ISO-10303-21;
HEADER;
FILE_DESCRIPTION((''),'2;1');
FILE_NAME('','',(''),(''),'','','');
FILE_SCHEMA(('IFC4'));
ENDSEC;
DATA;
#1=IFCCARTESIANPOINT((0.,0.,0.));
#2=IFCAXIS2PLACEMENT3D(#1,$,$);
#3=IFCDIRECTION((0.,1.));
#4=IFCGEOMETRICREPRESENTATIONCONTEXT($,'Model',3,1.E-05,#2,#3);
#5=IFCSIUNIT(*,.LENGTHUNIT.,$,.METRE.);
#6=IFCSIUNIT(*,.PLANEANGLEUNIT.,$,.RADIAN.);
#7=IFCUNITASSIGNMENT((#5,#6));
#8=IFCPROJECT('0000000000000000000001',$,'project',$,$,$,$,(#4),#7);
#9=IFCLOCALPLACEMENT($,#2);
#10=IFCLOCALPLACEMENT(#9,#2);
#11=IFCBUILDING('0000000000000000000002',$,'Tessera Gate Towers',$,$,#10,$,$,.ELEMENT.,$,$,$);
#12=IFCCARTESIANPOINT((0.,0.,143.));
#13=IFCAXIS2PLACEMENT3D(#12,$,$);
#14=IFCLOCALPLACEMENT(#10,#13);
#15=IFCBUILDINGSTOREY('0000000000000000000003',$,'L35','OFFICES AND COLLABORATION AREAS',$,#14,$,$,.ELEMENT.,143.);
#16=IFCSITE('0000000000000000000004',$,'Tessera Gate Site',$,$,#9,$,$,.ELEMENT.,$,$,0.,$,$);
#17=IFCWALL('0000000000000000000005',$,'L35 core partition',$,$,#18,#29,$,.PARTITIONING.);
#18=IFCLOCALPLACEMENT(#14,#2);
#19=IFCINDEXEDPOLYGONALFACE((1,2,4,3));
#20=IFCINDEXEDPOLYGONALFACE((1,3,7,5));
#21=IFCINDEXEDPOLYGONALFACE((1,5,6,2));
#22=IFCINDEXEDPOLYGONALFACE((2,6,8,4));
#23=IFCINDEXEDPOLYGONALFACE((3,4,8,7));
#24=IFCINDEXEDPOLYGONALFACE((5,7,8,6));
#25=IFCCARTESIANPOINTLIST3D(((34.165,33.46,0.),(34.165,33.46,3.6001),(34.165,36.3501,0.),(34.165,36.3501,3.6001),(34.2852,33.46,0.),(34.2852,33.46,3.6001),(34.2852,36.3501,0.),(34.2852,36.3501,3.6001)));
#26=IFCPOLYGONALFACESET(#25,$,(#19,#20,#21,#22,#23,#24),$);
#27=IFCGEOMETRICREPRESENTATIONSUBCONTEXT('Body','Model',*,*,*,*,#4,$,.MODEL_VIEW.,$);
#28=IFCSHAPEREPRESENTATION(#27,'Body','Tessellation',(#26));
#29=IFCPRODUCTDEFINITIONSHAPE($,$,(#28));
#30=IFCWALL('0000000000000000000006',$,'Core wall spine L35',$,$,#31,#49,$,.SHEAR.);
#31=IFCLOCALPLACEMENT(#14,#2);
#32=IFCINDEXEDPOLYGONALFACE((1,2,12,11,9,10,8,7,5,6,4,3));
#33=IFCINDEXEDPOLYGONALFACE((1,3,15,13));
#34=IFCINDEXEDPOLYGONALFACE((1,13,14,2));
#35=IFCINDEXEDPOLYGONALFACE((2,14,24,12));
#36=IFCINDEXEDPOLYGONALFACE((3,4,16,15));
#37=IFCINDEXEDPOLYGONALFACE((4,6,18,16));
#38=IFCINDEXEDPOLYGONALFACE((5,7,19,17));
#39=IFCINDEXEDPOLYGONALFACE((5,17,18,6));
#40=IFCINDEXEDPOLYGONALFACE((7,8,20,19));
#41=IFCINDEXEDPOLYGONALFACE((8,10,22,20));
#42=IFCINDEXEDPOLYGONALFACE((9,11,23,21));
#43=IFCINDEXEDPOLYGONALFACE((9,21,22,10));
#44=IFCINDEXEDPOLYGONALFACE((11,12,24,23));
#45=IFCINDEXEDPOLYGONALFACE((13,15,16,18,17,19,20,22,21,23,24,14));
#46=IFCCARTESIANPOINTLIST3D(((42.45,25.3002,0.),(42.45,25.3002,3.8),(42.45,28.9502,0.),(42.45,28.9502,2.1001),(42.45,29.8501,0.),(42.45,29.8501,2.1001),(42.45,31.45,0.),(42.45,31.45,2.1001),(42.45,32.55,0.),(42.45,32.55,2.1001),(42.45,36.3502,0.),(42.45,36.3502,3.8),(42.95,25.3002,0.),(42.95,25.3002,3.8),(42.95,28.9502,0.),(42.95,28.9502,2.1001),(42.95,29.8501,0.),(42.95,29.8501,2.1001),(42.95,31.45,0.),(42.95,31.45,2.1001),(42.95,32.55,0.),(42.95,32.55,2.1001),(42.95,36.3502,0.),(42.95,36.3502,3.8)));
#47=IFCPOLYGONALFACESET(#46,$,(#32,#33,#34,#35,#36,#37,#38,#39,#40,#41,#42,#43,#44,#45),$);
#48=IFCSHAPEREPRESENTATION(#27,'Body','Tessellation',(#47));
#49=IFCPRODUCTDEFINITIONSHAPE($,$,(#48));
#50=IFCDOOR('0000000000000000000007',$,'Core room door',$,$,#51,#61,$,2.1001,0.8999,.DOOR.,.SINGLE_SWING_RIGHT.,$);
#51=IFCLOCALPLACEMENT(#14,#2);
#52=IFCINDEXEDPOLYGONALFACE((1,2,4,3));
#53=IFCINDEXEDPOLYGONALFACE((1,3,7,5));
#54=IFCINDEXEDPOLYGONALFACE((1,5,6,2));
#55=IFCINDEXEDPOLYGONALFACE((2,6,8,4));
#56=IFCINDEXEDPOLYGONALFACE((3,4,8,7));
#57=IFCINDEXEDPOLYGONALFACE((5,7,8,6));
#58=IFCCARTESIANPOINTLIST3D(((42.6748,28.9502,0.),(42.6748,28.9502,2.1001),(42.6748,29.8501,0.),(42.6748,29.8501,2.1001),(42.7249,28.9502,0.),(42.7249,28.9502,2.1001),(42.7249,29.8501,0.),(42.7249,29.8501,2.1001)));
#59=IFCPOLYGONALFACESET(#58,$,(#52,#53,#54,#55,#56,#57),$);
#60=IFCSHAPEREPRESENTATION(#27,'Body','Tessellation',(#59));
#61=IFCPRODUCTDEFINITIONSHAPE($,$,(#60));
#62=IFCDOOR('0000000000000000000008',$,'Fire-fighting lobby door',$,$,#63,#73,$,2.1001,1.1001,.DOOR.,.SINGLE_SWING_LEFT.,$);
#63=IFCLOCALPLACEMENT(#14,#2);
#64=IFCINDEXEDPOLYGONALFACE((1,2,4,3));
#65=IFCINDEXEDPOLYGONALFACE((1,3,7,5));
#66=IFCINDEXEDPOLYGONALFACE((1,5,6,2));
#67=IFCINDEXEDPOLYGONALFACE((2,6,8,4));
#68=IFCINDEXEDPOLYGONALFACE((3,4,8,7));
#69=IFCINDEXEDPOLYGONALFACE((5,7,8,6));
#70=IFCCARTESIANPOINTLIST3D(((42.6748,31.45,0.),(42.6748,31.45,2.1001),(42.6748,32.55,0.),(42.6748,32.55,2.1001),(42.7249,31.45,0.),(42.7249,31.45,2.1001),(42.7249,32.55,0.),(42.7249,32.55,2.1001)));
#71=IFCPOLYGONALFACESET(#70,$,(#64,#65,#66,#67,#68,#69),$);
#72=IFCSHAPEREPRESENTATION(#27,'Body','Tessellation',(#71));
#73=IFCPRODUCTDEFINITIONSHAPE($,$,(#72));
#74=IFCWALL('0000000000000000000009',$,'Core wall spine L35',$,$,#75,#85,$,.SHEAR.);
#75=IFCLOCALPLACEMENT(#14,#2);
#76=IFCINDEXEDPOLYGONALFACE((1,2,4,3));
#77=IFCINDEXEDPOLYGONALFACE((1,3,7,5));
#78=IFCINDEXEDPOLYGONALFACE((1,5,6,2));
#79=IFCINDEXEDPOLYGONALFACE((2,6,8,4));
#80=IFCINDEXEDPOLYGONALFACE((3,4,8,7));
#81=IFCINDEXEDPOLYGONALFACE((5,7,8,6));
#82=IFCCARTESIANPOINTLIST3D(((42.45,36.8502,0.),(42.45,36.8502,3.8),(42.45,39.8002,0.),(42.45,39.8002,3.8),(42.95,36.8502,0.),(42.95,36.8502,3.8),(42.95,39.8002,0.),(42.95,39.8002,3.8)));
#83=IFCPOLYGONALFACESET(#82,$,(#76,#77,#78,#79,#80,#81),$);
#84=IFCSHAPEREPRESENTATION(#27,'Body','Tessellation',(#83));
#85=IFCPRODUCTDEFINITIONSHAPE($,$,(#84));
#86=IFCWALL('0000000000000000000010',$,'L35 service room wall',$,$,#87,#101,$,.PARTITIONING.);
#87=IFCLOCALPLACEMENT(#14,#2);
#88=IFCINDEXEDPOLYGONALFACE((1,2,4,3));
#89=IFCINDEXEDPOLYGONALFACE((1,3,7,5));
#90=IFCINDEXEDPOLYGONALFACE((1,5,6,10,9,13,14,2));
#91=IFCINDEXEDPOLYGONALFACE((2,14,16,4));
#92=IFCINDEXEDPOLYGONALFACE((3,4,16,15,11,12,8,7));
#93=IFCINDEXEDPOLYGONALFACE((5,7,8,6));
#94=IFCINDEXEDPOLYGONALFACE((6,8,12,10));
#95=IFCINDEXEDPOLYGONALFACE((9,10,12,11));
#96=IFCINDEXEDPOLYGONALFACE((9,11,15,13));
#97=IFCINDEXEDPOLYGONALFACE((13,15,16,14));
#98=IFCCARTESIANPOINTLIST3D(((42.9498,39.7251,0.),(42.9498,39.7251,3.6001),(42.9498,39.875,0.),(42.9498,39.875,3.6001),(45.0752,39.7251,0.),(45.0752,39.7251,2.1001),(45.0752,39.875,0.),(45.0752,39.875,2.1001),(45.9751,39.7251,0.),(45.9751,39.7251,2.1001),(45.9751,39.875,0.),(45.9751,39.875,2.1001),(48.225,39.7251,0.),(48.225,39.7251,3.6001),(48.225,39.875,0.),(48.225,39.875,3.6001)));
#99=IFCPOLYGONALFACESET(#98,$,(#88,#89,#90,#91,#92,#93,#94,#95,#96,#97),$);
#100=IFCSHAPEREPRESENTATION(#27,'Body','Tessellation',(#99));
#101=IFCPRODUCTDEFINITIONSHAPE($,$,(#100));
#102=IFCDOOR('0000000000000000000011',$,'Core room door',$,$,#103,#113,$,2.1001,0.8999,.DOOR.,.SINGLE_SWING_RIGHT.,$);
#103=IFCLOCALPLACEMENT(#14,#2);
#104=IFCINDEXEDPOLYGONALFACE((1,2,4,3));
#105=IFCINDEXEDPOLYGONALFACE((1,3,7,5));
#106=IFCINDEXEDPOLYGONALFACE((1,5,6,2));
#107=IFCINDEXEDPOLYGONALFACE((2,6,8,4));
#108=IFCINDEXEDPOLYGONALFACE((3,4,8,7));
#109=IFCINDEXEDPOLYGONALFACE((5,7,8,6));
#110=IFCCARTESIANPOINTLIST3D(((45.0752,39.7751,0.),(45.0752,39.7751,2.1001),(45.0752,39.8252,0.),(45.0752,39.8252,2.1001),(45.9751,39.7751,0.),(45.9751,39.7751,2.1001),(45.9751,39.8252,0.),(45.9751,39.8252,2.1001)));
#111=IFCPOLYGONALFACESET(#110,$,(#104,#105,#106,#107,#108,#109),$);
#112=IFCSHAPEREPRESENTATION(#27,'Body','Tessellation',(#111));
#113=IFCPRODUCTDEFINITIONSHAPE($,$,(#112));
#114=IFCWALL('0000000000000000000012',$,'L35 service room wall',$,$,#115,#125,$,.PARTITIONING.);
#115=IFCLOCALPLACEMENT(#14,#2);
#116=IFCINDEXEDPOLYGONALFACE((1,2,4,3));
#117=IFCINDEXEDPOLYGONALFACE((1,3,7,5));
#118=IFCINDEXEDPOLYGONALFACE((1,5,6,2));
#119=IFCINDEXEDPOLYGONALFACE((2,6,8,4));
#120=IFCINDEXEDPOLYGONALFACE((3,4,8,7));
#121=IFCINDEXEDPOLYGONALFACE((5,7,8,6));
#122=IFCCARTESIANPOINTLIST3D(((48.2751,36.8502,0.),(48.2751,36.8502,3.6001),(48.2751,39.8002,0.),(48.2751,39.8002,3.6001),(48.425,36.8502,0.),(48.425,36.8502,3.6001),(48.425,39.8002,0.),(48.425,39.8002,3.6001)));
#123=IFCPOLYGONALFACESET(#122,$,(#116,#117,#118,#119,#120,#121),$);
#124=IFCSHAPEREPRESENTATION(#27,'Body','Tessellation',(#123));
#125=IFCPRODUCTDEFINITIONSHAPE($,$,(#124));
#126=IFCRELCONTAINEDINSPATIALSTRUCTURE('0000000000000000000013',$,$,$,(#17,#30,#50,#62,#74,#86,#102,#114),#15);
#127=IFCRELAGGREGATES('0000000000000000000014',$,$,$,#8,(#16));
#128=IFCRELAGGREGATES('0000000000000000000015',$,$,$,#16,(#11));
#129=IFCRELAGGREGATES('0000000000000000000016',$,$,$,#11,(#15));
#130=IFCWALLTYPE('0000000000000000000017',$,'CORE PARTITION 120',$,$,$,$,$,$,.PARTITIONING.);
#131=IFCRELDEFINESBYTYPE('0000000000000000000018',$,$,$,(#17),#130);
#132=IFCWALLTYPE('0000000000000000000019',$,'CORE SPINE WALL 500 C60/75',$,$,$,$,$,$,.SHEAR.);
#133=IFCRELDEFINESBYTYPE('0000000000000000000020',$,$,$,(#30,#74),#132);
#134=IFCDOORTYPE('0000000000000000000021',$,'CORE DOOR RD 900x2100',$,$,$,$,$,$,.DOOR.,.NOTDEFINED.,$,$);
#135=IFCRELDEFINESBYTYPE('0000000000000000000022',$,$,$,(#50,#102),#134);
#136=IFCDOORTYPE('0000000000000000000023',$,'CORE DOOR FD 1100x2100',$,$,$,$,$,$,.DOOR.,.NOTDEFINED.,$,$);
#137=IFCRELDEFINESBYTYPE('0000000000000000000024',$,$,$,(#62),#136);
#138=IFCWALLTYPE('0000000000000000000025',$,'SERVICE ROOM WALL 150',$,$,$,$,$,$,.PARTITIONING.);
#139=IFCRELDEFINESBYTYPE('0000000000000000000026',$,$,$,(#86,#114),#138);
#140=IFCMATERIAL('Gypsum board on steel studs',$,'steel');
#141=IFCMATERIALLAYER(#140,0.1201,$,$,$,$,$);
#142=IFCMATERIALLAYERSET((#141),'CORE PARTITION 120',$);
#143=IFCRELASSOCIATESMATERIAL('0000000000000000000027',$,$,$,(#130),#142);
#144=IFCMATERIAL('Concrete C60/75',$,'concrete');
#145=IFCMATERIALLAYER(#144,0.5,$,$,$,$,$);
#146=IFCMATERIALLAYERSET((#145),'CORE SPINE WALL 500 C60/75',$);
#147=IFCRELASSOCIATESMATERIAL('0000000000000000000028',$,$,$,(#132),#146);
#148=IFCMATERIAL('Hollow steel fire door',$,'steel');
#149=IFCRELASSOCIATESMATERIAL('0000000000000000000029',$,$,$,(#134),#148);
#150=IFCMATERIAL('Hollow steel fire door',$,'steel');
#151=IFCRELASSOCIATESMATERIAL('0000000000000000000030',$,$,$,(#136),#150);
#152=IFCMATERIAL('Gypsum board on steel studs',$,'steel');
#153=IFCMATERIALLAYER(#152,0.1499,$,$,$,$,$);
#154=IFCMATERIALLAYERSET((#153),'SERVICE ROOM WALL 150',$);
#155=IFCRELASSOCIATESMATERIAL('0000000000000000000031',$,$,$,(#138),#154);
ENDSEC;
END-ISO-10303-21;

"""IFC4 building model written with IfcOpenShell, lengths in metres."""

from ifc_helpers import new_model, si_unit, direction, frame, frame_2d, origin, place, context, subcontext, project, spatial, rectangle, extrude, source, transform, mapped, material, layer, layer_set, type_object, element, fill, save


model = new_model("IFC4")

# Units and contexts
model_context = context("Model", 3, precision=1e-05, world=origin(), true_north=direction((0.0, 1.0)))
body_context = subcontext(model_context, "Body", "Model", "MODEL_VIEW")
ifc_project = project(units=[si_unit("LENGTHUNIT", "METRE"), si_unit("PLANEANGLEUNIT", "RADIAN")], contexts=[model_context])

# Site, building, storey
site_placement = place(None, origin())
site = spatial("IfcSite", under=ifc_project, at=site_placement, Name="Tessera Gate Site", CompositionType="ELEMENT", RefElevation=0.0)
building_placement = place(site_placement, origin())
building = spatial("IfcBuilding", under=site, at=building_placement, Name="Tessera Gate Towers", CompositionType="ELEMENT")
storey_placement = place(building_placement, frame((0.0, 0.0, 143.0)))
storey = spatial("IfcBuildingStorey", under=building, at=storey_placement, Name="L35", Description="OFFICES AND COLLABORATION AREAS", CompositionType="ELEMENT", Elevation=143.0)

# Wall
ifc_material_1 = material(Name="Gypsum board on steel studs", Category="steel")
ifc_layer_1 = layer(ifc_material_1, 0.1201)
ifc_layer_set_1 = layer_set([ifc_layer_1], Name="CORE PARTITION 120")
wall_type_1 = type_object("IfcWallType", Name="CORE PARTITION 120", PredefinedType="PARTITIONING", material=ifc_layer_set_1)
wall_1_placement = place(storey_placement, frame((34.2251, 33.46, 0.0), z_axis=(0.0, 0.0, 1.0), x_axis=(0.0, 1.0, 0.0)))
element("IfcWall", 1, at=wall_1_placement, inside=storey, type_object=wall_type_1, Name="L35 core partition", PredefinedType="PARTITIONING", context=body_context, shape_type="SweptSolid", body=[
    extrude(rectangle(XDim=2.8901, YDim=0.1201, at=frame_2d((1.4451, 0.0))), origin(), (0.0, 0.0, 1.0), 3.6001),
])

# Wall, openings, doors
ifc_material_2 = material(Name="Concrete C60/75", Category="concrete")
ifc_layer_2 = layer(ifc_material_2, 0.5)
ifc_layer_set_2 = layer_set([ifc_layer_2], Name="CORE SPINE WALL 500 C60/75")
wall_type_2 = type_object("IfcWallType", Name="CORE SPINE WALL 500 C60/75", PredefinedType="SHEAR", material=ifc_layer_set_2)
wall_2_placement = place(storey_placement, frame((42.7, 36.3501, 0.0), z_axis=(0.0, 0.0, 1.0), x_axis=(0.0, -1.0, 0.0)))
wall_2 = element("IfcWall", 2, at=wall_2_placement, inside=storey, type_object=wall_type_2, Name="Core wall spine L35", PredefinedType="SHEAR", context=body_context, shape_type="SweptSolid", body=[
    extrude(rectangle(XDim=11.05, YDim=0.5, at=frame_2d((5.5249, 0.0))), origin(), (0.0, 0.0, 1.0), 3.8),
])
shared_shape_1 = source(origin(), body_context, "Body", "SweptSolid", [
    extrude(rectangle(XDim=0.8999, YDim=2.1001, at=frame_2d((0.45, 1.05))), frame((0.0, 0.26, 0.0), z_axis=(0.0, -1.0, 0.0), x_axis=(1.0, 0.0, 0.0)), (0.0, 0.0, 1.0), 0.52),
])
opening_1_placement = place(wall_2_placement, frame((6.5, 0.0, 0.0)))
opening_1 = element("IfcOpeningElement", 3, at=opening_1_placement, cuts=wall_2, PredefinedType="OPENING", context=body_context, shape_type="MappedRepresentation", body=[
    mapped(shared_shape_1, transform((0.0, 0.0, 0.0), scale=1.0)),
])
shared_shape_2 = source(origin(), body_context, "Body", "SweptSolid", [
    extrude(rectangle(XDim=1.1001, YDim=2.1001, at=frame_2d((0.55, 1.05))), frame((0.0, 0.26, 0.0), z_axis=(0.0, -1.0, 0.0), x_axis=(1.0, 0.0, 0.0)), (0.0, 0.0, 1.0), 0.52),
])
opening_2_placement = place(wall_2_placement, frame((3.8, 0.0, 0.0)))
opening_2 = element("IfcOpeningElement", 4, at=opening_2_placement, cuts=wall_2, PredefinedType="OPENING", context=body_context, shape_type="MappedRepresentation", body=[
    mapped(shared_shape_2, transform((0.0, 0.0, 0.0), scale=1.0)),
])
ifc_material_3 = material(Name="Hollow steel fire door", Category="steel")
door_type_1 = type_object("IfcDoorType", Name="CORE DOOR RD 900x2100", OperationType="NOTDEFINED", PredefinedType="DOOR", material=ifc_material_3)
shared_shape_3 = source(origin(), body_context, "Body", "SweptSolid", [
    extrude(rectangle(XDim=0.8999, YDim=2.1001, at=frame_2d((0.45, 1.05))), frame((0.0, 0.0249, 0.0), z_axis=(0.0, -1.0, 0.0), x_axis=(1.0, 0.0, 0.0)), (0.0, 0.0, 1.0), 0.05),
])
door_1_placement = place(opening_1_placement, origin())
door_1 = element("IfcDoor", 5, at=door_1_placement, inside=storey, type_object=door_type_1, Name="Core room door", OperationType="SINGLE_SWING_RIGHT", OverallHeight=2.1001, OverallWidth=0.8999, PredefinedType="DOOR", context=body_context, shape_type="MappedRepresentation", body=[
    mapped(shared_shape_3, transform((0.0, 0.0, 0.0), scale=1.0)),
])
fill(opening_1, door_1)
ifc_material_4 = material(Name="Hollow steel fire door", Category="steel")
door_type_2 = type_object("IfcDoorType", Name="CORE DOOR FD 1100x2100", OperationType="NOTDEFINED", PredefinedType="DOOR", material=ifc_material_4)
shared_shape_4 = source(origin(), body_context, "Body", "SweptSolid", [
    extrude(rectangle(XDim=1.1001, YDim=2.1001, at=frame_2d((0.55, 1.05))), frame((0.0, 0.0249, 0.0), z_axis=(0.0, -1.0, 0.0), x_axis=(1.0, 0.0, 0.0)), (0.0, 0.0, 1.0), 0.05),
])
door_2_placement = place(opening_2_placement, origin())
door_2 = element("IfcDoor", 6, at=door_2_placement, inside=storey, type_object=door_type_2, Name="Fire-fighting lobby door", OperationType="SINGLE_SWING_LEFT", OverallHeight=2.1001, OverallWidth=1.1001, PredefinedType="DOOR", context=body_context, shape_type="MappedRepresentation", body=[
    mapped(shared_shape_4, transform((0.0, 0.0, 0.0), scale=1.0)),
])
fill(opening_2, door_2)

# Wall
wall_3_placement = place(storey_placement, frame((42.7, 36.8501, 0.0), z_axis=(0.0, 0.0, 1.0), x_axis=(0.0, 1.0, 0.0)))
element("IfcWall", 7, at=wall_3_placement, inside=storey, type_object=wall_type_2, Name="Core wall spine L35", PredefinedType="SHEAR", context=body_context, shape_type="SweptSolid", body=[
    extrude(rectangle(XDim=2.95, YDim=0.5, at=frame_2d((1.4751, 0.0))), origin(), (0.0, 0.0, 1.0), 3.8),
])

# Wall, opening, door
ifc_material_5 = material(Name="Gypsum board on steel studs", Category="steel")
ifc_layer_3 = layer(ifc_material_5, 0.1499)
ifc_layer_set_3 = layer_set([ifc_layer_3], Name="SERVICE ROOM WALL 150")
wall_type_3 = type_object("IfcWallType", Name="SERVICE ROOM WALL 150", PredefinedType="PARTITIONING", material=ifc_layer_set_3)
wall_4_placement = place(storey_placement, frame((48.2251, 39.8, 0.0), z_axis=(0.0, 0.0, 1.0), x_axis=(-1.0, 0.0, 0.0)))
wall_4 = element("IfcWall", 8, at=wall_4_placement, inside=storey, type_object=wall_type_3, Name="L35 service room wall", PredefinedType="PARTITIONING", context=body_context, shape_type="SweptSolid", body=[
    extrude(rectangle(XDim=5.2751, YDim=0.1499, at=frame_2d((2.6377, 0.0))), origin(), (0.0, 0.0, 1.0), 3.6001),
])
shared_shape_5 = source(origin(), body_context, "Body", "SweptSolid", [
    extrude(rectangle(XDim=0.8999, YDim=2.1001, at=frame_2d((0.45, 1.05))), frame((0.0, 0.085, 0.0), z_axis=(0.0, -1.0, 0.0), x_axis=(1.0, 0.0, 0.0)), (0.0, 0.0, 1.0), 0.1699),
])
opening_3_placement = place(wall_4_placement, frame((2.25, 0.0, 0.0)))
opening_3 = element("IfcOpeningElement", 9, at=opening_3_placement, cuts=wall_4, PredefinedType="OPENING", context=body_context, shape_type="MappedRepresentation", body=[
    mapped(shared_shape_5, transform((0.0, 0.0, 0.0), scale=1.0)),
])
door_3_placement = place(opening_3_placement, origin())
door_3 = element("IfcDoor", 10, at=door_3_placement, inside=storey, type_object=door_type_1, Name="Core room door", OperationType="SINGLE_SWING_RIGHT", OverallHeight=2.1001, OverallWidth=0.8999, PredefinedType="DOOR", context=body_context, shape_type="MappedRepresentation", body=[
    mapped(shared_shape_3, transform((0.0, 0.0, 0.0), scale=1.0)),
])
fill(opening_3, door_3)

# Wall
wall_5_placement = place(storey_placement, frame((48.3501, 36.8501, 0.0), z_axis=(0.0, 0.0, 1.0), x_axis=(0.0, 1.0, 0.0)))
element("IfcWall", 11, at=wall_5_placement, inside=storey, type_object=wall_type_3, Name="L35 service room wall", PredefinedType="PARTITIONING", context=body_context, shape_type="SweptSolid", body=[
    extrude(rectangle(XDim=2.95, YDim=0.1499, at=frame_2d((1.4751, 0.0))), origin(), (0.0, 0.0, 1.0), 3.6001),
])

save(model, "model.ifc")
